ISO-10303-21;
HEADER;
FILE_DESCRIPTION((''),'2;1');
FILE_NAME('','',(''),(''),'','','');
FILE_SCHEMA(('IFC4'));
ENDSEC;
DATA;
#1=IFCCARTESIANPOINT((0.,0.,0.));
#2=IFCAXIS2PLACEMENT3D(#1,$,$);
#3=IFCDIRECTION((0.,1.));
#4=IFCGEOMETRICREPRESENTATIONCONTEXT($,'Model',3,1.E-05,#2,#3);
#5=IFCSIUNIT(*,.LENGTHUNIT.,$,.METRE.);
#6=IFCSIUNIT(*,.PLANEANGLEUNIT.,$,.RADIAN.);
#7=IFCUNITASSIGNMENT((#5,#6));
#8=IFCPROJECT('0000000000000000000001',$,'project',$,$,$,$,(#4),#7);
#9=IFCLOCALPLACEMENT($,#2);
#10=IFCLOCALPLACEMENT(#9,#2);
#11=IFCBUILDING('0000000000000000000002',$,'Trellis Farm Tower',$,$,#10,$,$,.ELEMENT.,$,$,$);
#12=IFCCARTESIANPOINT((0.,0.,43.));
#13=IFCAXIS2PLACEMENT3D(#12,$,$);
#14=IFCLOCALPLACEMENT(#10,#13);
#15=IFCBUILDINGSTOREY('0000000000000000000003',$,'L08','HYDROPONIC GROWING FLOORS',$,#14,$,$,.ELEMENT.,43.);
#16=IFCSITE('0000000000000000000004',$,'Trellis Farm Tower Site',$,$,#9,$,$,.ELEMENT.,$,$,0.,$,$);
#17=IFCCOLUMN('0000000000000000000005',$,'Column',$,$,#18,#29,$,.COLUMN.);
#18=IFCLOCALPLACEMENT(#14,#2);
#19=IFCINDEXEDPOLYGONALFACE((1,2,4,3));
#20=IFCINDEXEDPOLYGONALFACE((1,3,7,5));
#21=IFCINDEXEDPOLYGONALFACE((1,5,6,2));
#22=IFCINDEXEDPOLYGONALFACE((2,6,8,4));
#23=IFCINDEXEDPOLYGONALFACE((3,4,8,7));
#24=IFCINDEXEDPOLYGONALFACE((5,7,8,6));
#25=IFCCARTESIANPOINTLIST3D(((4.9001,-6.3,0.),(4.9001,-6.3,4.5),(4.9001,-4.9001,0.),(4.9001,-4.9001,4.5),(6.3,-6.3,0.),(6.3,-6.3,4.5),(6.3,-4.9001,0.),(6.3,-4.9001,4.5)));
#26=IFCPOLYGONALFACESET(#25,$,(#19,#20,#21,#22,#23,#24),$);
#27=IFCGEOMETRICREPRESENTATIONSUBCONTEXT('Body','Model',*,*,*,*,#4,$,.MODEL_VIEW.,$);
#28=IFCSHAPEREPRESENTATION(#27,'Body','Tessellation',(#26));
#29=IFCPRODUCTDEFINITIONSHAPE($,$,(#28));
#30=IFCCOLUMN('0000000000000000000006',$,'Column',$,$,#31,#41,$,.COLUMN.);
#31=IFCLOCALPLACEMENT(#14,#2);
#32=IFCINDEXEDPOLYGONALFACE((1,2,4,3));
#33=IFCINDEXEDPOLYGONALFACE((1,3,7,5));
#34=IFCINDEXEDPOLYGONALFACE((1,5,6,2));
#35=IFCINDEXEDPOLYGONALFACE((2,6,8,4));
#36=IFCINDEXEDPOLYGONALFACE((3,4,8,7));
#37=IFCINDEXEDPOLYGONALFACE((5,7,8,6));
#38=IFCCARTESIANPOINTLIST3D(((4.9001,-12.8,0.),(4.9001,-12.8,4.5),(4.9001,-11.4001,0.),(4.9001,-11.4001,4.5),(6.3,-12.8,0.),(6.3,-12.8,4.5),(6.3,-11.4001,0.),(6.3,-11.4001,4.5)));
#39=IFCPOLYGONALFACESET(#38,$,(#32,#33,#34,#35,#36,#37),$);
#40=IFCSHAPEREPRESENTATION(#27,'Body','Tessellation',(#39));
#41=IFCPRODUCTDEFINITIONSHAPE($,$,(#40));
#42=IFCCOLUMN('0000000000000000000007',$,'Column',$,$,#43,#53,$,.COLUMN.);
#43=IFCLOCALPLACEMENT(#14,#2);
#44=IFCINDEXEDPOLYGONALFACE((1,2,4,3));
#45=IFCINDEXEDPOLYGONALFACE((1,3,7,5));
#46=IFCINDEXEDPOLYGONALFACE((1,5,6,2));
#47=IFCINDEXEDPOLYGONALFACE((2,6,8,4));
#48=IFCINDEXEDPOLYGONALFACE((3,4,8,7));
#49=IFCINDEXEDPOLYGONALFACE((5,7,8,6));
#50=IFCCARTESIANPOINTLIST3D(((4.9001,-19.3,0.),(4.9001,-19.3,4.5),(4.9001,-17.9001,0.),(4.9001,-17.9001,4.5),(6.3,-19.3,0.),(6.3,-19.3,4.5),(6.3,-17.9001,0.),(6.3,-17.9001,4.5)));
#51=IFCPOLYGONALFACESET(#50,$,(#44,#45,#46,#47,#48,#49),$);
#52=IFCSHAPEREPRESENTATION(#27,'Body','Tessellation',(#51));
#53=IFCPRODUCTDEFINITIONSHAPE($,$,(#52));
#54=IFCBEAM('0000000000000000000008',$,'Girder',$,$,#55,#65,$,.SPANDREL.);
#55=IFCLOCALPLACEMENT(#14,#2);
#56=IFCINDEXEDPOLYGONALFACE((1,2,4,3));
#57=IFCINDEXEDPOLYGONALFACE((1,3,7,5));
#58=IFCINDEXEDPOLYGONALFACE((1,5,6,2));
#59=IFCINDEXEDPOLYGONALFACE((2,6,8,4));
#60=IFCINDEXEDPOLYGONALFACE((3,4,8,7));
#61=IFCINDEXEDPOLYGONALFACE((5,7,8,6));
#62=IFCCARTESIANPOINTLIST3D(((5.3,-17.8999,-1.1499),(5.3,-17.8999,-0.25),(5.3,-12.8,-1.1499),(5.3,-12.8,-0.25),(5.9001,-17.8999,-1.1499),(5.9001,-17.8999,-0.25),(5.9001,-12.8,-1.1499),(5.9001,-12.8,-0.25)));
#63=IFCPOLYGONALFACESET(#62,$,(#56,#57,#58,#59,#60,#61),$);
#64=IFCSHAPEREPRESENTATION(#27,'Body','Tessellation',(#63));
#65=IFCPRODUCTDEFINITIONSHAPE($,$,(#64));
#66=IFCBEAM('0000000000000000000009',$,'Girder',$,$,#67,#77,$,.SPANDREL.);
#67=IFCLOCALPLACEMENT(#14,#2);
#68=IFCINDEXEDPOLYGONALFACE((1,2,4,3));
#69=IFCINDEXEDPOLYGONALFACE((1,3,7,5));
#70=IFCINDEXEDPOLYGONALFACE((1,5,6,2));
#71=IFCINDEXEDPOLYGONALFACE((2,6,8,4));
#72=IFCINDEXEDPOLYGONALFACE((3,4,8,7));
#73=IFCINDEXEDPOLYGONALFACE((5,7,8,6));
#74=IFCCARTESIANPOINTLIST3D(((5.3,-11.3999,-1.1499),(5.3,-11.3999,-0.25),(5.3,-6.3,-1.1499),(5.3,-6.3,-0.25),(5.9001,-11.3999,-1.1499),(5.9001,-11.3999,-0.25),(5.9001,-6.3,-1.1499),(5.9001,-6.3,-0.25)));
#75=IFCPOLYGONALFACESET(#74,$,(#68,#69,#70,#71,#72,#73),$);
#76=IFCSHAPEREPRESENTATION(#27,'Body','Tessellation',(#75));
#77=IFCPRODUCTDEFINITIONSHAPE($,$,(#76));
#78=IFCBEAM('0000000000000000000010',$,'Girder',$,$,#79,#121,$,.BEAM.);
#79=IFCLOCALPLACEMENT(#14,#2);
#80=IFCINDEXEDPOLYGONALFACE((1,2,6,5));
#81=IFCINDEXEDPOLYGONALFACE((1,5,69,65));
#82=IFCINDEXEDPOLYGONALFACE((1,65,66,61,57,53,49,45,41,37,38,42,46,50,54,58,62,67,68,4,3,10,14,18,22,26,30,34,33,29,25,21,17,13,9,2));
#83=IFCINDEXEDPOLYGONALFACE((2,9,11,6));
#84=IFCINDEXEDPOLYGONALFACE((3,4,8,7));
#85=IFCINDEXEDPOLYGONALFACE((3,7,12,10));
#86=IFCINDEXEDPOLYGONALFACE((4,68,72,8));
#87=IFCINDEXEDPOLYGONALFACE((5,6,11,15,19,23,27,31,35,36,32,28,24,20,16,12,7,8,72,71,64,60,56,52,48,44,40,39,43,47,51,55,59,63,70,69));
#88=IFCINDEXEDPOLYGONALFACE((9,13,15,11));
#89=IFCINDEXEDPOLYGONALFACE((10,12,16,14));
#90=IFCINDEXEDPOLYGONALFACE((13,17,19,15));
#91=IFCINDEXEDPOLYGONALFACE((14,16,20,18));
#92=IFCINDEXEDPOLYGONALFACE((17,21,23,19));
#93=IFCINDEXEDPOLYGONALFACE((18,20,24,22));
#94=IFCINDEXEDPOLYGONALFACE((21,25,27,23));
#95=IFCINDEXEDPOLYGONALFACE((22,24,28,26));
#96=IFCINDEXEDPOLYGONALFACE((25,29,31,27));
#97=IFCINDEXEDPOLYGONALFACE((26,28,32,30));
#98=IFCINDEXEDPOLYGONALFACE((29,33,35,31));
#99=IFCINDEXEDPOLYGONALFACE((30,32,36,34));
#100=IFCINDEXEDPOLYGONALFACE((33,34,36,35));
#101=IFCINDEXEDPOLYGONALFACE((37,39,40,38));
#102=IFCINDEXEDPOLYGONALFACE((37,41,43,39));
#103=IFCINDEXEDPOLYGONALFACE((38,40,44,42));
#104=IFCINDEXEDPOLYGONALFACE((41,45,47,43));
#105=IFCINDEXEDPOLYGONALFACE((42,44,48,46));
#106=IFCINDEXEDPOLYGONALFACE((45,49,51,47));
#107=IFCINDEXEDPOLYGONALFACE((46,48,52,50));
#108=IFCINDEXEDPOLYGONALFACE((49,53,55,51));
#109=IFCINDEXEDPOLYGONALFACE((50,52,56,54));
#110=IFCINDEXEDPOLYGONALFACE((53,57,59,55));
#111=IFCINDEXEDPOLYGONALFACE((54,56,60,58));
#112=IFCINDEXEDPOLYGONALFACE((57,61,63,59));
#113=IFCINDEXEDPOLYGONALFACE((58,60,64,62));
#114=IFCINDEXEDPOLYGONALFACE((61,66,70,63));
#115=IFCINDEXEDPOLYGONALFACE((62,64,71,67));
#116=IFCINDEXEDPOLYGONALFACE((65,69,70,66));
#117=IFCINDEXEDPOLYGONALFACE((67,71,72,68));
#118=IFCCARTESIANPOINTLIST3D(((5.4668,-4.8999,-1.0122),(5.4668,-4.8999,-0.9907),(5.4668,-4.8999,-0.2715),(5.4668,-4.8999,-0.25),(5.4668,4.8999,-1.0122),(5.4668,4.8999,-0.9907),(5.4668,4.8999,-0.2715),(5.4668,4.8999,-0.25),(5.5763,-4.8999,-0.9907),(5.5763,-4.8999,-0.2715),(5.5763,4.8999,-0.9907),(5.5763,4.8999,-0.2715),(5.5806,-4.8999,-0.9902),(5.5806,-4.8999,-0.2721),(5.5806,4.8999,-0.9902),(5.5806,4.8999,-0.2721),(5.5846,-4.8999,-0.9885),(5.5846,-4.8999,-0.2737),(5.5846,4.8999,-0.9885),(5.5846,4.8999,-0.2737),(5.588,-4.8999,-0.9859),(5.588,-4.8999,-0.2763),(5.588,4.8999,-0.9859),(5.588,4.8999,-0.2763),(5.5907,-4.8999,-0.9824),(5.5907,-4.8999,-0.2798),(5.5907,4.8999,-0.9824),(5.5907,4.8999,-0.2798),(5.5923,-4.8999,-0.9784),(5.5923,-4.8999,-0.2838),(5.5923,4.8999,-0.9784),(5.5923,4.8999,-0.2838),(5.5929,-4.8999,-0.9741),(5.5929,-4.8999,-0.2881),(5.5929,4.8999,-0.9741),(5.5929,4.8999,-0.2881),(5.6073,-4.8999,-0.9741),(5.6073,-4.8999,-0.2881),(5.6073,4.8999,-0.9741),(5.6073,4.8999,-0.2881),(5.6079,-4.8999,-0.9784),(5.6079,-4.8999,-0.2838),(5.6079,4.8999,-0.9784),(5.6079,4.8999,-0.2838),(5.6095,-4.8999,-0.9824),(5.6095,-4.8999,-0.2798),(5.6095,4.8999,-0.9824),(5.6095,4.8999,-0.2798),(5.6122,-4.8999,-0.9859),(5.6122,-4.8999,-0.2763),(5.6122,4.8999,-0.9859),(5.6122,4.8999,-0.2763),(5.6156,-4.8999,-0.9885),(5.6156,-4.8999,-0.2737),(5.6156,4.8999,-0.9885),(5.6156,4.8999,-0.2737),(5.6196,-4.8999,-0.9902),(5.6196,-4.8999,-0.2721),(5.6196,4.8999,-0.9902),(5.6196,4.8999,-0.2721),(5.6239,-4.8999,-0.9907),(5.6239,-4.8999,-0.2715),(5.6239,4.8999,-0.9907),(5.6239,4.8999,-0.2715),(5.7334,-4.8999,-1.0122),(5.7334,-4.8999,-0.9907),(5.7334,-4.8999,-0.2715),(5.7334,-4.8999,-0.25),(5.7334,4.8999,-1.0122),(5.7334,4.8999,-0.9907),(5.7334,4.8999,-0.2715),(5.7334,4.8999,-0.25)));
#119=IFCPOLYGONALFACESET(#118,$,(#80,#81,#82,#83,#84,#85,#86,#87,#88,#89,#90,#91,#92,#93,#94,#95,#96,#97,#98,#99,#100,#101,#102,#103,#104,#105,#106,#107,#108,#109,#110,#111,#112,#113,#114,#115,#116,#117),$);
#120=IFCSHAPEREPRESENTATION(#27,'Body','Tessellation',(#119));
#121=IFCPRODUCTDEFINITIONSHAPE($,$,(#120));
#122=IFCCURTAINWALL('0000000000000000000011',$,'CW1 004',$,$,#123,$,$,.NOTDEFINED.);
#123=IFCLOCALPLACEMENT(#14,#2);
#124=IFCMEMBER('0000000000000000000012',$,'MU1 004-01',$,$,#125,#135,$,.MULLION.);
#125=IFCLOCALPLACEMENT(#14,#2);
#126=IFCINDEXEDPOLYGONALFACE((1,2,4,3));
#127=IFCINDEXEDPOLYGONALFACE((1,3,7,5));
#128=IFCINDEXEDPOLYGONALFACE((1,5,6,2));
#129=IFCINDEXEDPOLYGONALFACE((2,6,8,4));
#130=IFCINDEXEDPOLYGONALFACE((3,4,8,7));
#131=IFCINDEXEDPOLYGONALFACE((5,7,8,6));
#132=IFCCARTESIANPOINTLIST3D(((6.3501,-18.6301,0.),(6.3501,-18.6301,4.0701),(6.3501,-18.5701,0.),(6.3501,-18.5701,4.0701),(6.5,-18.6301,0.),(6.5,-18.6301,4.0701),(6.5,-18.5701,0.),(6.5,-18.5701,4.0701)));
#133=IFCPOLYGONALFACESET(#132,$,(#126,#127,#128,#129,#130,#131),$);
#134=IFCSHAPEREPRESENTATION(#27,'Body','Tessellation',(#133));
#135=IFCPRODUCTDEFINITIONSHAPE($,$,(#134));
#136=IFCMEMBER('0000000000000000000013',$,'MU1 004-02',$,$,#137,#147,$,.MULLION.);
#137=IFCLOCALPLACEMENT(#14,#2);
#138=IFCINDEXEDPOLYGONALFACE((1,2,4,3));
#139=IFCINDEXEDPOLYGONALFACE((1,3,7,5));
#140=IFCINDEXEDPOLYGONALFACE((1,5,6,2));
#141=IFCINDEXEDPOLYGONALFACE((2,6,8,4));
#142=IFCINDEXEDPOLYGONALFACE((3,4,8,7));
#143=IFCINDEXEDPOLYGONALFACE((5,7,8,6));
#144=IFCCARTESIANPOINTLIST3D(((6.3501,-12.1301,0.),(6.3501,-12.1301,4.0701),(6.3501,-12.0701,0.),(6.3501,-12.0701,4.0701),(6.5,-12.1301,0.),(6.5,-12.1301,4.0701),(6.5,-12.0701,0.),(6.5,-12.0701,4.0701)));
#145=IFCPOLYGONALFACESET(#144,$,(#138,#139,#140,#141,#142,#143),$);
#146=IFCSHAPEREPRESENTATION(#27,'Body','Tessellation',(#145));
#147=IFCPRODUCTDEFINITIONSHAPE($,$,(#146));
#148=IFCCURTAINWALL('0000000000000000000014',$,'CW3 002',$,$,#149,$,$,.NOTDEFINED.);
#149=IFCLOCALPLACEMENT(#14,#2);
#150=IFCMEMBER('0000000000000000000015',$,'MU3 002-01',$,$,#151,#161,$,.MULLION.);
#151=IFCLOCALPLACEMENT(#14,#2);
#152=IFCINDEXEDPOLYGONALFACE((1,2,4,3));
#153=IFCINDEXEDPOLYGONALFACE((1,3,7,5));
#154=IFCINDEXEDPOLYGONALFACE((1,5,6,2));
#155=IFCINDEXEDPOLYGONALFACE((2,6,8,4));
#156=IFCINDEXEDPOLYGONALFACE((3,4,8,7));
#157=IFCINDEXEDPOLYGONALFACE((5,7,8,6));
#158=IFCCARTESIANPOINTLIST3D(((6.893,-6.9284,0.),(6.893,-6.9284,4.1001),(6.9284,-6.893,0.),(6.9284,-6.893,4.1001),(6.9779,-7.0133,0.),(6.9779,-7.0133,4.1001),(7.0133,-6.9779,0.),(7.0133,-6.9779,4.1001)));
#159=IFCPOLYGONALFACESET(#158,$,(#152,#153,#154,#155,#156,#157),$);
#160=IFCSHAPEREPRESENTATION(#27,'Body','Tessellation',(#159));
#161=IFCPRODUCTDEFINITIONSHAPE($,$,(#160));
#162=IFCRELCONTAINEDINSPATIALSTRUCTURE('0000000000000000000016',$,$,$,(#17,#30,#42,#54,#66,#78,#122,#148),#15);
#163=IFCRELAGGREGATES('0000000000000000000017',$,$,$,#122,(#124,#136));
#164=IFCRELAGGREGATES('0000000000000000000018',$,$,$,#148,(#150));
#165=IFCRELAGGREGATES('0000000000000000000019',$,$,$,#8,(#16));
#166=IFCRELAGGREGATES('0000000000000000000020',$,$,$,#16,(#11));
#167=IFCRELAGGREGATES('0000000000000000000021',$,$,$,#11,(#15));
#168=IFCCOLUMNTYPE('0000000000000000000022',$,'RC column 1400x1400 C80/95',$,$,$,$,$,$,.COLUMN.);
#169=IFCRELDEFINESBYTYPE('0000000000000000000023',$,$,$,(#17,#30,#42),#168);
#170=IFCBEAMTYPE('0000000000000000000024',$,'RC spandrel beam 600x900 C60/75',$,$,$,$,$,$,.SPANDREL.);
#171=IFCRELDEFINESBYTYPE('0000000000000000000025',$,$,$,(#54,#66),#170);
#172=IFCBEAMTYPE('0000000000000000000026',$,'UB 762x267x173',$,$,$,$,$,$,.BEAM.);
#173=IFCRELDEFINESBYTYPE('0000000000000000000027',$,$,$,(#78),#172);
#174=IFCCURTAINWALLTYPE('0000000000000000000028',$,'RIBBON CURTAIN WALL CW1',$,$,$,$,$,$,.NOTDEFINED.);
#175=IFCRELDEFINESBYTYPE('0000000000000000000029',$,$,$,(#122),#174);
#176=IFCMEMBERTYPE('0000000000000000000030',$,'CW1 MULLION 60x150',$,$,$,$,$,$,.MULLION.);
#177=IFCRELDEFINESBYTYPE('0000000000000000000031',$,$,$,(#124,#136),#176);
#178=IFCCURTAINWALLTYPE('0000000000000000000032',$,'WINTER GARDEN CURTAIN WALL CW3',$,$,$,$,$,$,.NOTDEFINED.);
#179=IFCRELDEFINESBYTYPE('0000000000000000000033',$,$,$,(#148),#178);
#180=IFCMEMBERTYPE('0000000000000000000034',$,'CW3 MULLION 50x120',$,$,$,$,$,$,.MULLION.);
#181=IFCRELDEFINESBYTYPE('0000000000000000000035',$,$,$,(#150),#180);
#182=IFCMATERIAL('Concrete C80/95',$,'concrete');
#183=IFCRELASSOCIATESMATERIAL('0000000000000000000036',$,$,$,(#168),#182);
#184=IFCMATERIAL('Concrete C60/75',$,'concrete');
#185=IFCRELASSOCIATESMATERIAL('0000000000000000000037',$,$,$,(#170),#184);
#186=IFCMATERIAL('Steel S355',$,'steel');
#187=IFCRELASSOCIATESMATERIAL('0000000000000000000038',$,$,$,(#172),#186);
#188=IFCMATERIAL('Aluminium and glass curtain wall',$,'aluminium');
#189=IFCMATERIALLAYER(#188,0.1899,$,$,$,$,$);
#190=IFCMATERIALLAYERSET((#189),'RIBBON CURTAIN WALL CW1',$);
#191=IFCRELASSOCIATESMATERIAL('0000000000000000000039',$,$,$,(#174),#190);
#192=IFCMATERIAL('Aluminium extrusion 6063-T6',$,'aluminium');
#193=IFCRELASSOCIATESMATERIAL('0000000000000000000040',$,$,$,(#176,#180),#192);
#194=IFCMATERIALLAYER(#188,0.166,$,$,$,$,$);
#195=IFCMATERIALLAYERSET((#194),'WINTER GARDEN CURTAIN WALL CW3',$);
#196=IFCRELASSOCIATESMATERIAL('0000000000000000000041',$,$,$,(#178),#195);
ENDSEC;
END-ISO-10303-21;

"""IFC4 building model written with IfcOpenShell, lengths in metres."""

from ifc_helpers import new_model, si_unit, direction, frame, origin, origin_2d, place, context, subcontext, project, spatial, rectangle, i_section, extrude, source, transform, mapped, material, layer, layer_set, material_profile, profile_set, type_object, element, aggregate, save


model = new_model("IFC4")

# Units and contexts
model_context = context("Model", 3, precision=1e-05, world=origin(), true_north=direction((0.0, 1.0)))
body_context = subcontext(model_context, "Body", "Model", "MODEL_VIEW")
ifc_project = project(units=[si_unit("LENGTHUNIT", "METRE"), si_unit("PLANEANGLEUNIT", "RADIAN")], contexts=[model_context])

# Site, building, storey
site_placement = place(None, origin())
site = spatial("IfcSite", under=ifc_project, at=site_placement, Name="Trellis Farm Tower Site", CompositionType="ELEMENT", RefElevation=0.0)
building_placement = place(site_placement, origin())
building = spatial("IfcBuilding", under=site, at=building_placement, Name="Trellis Farm Tower", CompositionType="ELEMENT")
storey_placement = place(building_placement, frame((0.0, 0.0, 43.0)))
storey = spatial("IfcBuildingStorey", under=building, at=storey_placement, Name="L08", Description="HYDROPONIC GROWING FLOORS", CompositionType="ELEMENT", Elevation=43.0)

# Columns
ifc_material_1 = material(Name="Concrete C80/95", Category="concrete")
ifc_material_profile_1 = material_profile(ifc_material_1, rectangle(XDim=1.3999, YDim=1.3999, at=origin_2d()), Name="RC column 1400x1400 C80/95")
ifc_profile_set_1 = profile_set([ifc_material_profile_1], Name="Concrete C80/95")
column_type = type_object("IfcColumnType", Name="RC column 1400x1400 C80/95", PredefinedType="COLUMN", material=ifc_profile_set_1)
shared_shape_1 = source(origin(), body_context, "Body", "SweptSolid", [
    extrude(rectangle(XDim=1.3999, YDim=1.3999, at=origin_2d()), origin(), (0.0, 0.0, 1.0), 4.5),
])
for number, where, z_axis, x_axis, name in (
    (1, (5.6001, -5.6001, 0.0), (0.0, 0.0, 1.0), (1.0, 0.0, 0.0), "Column"),
    (2, (5.6001, -12.1001, 0.0), (0.0, 0.0, 1.0), (1.0, 0.0, 0.0), "Column"),
    (3, (5.6001, -18.6001, 0.0), (0.0, 0.0, 1.0), (1.0, 0.0, 0.0), "Column"),
):
    element("IfcColumn", number, at=place(storey_placement, frame(where, z_axis=z_axis, x_axis=x_axis)), inside=storey, type_object=column_type, Name=name, PredefinedType="COLUMN", context=body_context, shape_type="MappedRepresentation", body=[
        mapped(shared_shape_1, transform((0.0, 0.0, 0.0))),
    ])

# Beams
ifc_material_2 = material(Name="Concrete C60/75", Category="concrete")
ifc_material_profile_2 = material_profile(ifc_material_2, rectangle(XDim=0.6001, YDim=0.8999, at=origin_2d()), Name="RC spandrel beam 600x900 C60/75")
ifc_profile_set_2 = profile_set([ifc_material_profile_2], Name="Concrete C60/75")
beam_type_1 = type_object("IfcBeamType", Name="RC spandrel beam 600x900 C60/75", PredefinedType="SPANDREL", material=ifc_profile_set_2)
shared_shape_2 = source(origin(), body_context, "Body", "SweptSolid", [
    extrude(rectangle(XDim=0.6001, YDim=0.8999, at=origin_2d()), origin(), (0.0, 0.0, 1.0), 5.0999),
])
for number, where, z_axis, x_axis, name in (
    (4, (5.6001, -17.8999, -0.7), (0.0, 1.0, 0.0), (-1.0, 0.0, 0.0), "Girder"),
    (5, (5.6001, -11.3999, -0.7), (0.0, 1.0, 0.0), (-1.0, 0.0, 0.0), "Girder"),
):
    element("IfcBeam", number, at=place(storey_placement, frame(where, z_axis=z_axis, x_axis=x_axis)), inside=storey, type_object=beam_type_1, Name=name, PredefinedType="SPANDREL", context=body_context, shape_type="MappedRepresentation", body=[
        mapped(shared_shape_2, transform((0.0, 0.0, 0.0))),
    ])
ifc_material_3 = material(Name="Steel S355", Category="steel")
ifc_material_profile_3 = material_profile(ifc_material_3, i_section(OverallWidth=0.2666, OverallDepth=0.7622, WebThickness=0.0144, FlangeThickness=0.0215, FilletRadius=0.0166, at=origin_2d()), Name="UB 762x267x173")
ifc_profile_set_3 = profile_set([ifc_material_profile_3], Name="Steel S355")
beam_type_2 = type_object("IfcBeamType", Name="UB 762x267x173", PredefinedType="BEAM", material=ifc_profile_set_3)
shared_shape_3 = source(origin(), body_context, "Body", "SweptSolid", [
    extrude(i_section(OverallWidth=0.2666, OverallDepth=0.7622, WebThickness=0.0144, FlangeThickness=0.0215, FilletRadius=0.0166, at=origin_2d()), origin(), (0.0, 0.0, 1.0), 9.7998),
])
beam_placement = place(storey_placement, frame((5.6001, -4.8999, -0.6311), z_axis=(0.0, 1.0, 0.0), x_axis=(-1.0, 0.0, 0.0)))
element("IfcBeam", 6, at=beam_placement, inside=storey, type_object=beam_type_2, Name="Girder", PredefinedType="BEAM", context=body_context, shape_type="MappedRepresentation", body=[
    mapped(shared_shape_3, transform((0.0, 0.0, 0.0))),
])

# Curtain wall, members
ifc_material_4 = material(Name="Aluminium and glass curtain wall", Category="aluminium")
ifc_layer_1 = layer(ifc_material_4, 0.1899)
ifc_layer_set_1 = layer_set([ifc_layer_1], Name="RIBBON CURTAIN WALL CW1")
curtain_wall_type_1 = type_object("IfcCurtainWallType", Name="RIBBON CURTAIN WALL CW1", PredefinedType="NOTDEFINED", material=ifc_layer_set_1)
placement = place(storey_placement, origin())
curtain_wall_1 = element("IfcCurtainWall", 7, at=placement, inside=storey, type_object=curtain_wall_type_1, Name="CW1 004", PredefinedType="NOTDEFINED")
ifc_material_5 = material(Name="Aluminium extrusion 6063-T6", Category="aluminium")
ifc_material_profile_4 = material_profile(ifc_material_5, rectangle(XDim=0.0601, YDim=0.1499, at=origin_2d()), Name="MULLION 60x150")
ifc_profile_set_4 = profile_set([ifc_material_profile_4], Name="Aluminium extrusion 6063-T6")
member_type_1 = type_object("IfcMemberType", Name="CW1 MULLION 60x150", PredefinedType="MULLION", material=ifc_profile_set_4)
shared_shape_4 = source(origin(), body_context, "Body", "SweptSolid", [
    extrude(rectangle(XDim=0.0601, YDim=0.1499, at=origin_2d()), origin(), (0.0, 0.0, 1.0), 4.0701),
])
member_1_placement = place(storey_placement, frame((6.425, -18.6001, 0.0), z_axis=(0.0, 0.0, 1.0), x_axis=(0.0, 1.0, 0.0)))
member_1 = element("IfcMember", 8, at=member_1_placement, type_object=member_type_1, Name="MU1 004-01", PredefinedType="MULLION", context=body_context, shape_type="MappedRepresentation", body=[
    mapped(shared_shape_4, transform((0.0, 0.0, 0.0))),
])
member_2_placement = place(storey_placement, frame((6.425, -12.1001, 0.0), z_axis=(0.0, 0.0, 1.0), x_axis=(0.0, 1.0, 0.0)))
member_2 = element("IfcMember", 9, at=member_2_placement, type_object=member_type_1, Name="MU1 004-02", PredefinedType="MULLION", context=body_context, shape_type="MappedRepresentation", body=[
    mapped(shared_shape_4, transform((0.0, 0.0, 0.0))),
])
aggregate(curtain_wall_1, [member_1, member_2])

# Curtain wall, member
ifc_layer_2 = layer(ifc_material_4, 0.166)
ifc_layer_set_2 = layer_set([ifc_layer_2], Name="WINTER GARDEN CURTAIN WALL CW3")
curtain_wall_type_2 = type_object("IfcCurtainWallType", Name="WINTER GARDEN CURTAIN WALL CW3", PredefinedType="NOTDEFINED", material=ifc_layer_set_2)
curtain_wall_2 = element("IfcCurtainWall", 10, at=placement, inside=storey, type_object=curtain_wall_type_2, Name="CW3 002", PredefinedType="NOTDEFINED")
ifc_material_profile_5 = material_profile(ifc_material_5, rectangle(XDim=0.05, YDim=0.1201, at=origin_2d()), Name="MULLION 50x120")
ifc_profile_set_5 = profile_set([ifc_material_profile_5], Name="Aluminium extrusion 6063-T6")
member_type_2 = type_object("IfcMemberType", Name="CW3 MULLION 50x120", PredefinedType="MULLION", material=ifc_profile_set_5)
shared_shape_5 = source(origin(), body_context, "Body", "SweptSolid", [
    extrude(rectangle(XDim=0.05, YDim=0.1201, at=origin_2d()), origin(), (0.0, 0.0, 1.0), 4.1001),
])
member_3_placement = place(storey_placement, frame((6.9531, -6.9531, 0.0), z_axis=(0.0, 0.0, 1.0), x_axis=(0.707107, 0.707107, 0.0)))
member_3 = element("IfcMember", 11, at=member_3_placement, type_object=member_type_2, Name="MU3 002-01", PredefinedType="MULLION", context=body_context, shape_type="MappedRepresentation", body=[
    mapped(shared_shape_5, transform((0.0, 0.0, 0.0))),
])
aggregate(curtain_wall_2, [member_3])

save(model, "model.ifc")
